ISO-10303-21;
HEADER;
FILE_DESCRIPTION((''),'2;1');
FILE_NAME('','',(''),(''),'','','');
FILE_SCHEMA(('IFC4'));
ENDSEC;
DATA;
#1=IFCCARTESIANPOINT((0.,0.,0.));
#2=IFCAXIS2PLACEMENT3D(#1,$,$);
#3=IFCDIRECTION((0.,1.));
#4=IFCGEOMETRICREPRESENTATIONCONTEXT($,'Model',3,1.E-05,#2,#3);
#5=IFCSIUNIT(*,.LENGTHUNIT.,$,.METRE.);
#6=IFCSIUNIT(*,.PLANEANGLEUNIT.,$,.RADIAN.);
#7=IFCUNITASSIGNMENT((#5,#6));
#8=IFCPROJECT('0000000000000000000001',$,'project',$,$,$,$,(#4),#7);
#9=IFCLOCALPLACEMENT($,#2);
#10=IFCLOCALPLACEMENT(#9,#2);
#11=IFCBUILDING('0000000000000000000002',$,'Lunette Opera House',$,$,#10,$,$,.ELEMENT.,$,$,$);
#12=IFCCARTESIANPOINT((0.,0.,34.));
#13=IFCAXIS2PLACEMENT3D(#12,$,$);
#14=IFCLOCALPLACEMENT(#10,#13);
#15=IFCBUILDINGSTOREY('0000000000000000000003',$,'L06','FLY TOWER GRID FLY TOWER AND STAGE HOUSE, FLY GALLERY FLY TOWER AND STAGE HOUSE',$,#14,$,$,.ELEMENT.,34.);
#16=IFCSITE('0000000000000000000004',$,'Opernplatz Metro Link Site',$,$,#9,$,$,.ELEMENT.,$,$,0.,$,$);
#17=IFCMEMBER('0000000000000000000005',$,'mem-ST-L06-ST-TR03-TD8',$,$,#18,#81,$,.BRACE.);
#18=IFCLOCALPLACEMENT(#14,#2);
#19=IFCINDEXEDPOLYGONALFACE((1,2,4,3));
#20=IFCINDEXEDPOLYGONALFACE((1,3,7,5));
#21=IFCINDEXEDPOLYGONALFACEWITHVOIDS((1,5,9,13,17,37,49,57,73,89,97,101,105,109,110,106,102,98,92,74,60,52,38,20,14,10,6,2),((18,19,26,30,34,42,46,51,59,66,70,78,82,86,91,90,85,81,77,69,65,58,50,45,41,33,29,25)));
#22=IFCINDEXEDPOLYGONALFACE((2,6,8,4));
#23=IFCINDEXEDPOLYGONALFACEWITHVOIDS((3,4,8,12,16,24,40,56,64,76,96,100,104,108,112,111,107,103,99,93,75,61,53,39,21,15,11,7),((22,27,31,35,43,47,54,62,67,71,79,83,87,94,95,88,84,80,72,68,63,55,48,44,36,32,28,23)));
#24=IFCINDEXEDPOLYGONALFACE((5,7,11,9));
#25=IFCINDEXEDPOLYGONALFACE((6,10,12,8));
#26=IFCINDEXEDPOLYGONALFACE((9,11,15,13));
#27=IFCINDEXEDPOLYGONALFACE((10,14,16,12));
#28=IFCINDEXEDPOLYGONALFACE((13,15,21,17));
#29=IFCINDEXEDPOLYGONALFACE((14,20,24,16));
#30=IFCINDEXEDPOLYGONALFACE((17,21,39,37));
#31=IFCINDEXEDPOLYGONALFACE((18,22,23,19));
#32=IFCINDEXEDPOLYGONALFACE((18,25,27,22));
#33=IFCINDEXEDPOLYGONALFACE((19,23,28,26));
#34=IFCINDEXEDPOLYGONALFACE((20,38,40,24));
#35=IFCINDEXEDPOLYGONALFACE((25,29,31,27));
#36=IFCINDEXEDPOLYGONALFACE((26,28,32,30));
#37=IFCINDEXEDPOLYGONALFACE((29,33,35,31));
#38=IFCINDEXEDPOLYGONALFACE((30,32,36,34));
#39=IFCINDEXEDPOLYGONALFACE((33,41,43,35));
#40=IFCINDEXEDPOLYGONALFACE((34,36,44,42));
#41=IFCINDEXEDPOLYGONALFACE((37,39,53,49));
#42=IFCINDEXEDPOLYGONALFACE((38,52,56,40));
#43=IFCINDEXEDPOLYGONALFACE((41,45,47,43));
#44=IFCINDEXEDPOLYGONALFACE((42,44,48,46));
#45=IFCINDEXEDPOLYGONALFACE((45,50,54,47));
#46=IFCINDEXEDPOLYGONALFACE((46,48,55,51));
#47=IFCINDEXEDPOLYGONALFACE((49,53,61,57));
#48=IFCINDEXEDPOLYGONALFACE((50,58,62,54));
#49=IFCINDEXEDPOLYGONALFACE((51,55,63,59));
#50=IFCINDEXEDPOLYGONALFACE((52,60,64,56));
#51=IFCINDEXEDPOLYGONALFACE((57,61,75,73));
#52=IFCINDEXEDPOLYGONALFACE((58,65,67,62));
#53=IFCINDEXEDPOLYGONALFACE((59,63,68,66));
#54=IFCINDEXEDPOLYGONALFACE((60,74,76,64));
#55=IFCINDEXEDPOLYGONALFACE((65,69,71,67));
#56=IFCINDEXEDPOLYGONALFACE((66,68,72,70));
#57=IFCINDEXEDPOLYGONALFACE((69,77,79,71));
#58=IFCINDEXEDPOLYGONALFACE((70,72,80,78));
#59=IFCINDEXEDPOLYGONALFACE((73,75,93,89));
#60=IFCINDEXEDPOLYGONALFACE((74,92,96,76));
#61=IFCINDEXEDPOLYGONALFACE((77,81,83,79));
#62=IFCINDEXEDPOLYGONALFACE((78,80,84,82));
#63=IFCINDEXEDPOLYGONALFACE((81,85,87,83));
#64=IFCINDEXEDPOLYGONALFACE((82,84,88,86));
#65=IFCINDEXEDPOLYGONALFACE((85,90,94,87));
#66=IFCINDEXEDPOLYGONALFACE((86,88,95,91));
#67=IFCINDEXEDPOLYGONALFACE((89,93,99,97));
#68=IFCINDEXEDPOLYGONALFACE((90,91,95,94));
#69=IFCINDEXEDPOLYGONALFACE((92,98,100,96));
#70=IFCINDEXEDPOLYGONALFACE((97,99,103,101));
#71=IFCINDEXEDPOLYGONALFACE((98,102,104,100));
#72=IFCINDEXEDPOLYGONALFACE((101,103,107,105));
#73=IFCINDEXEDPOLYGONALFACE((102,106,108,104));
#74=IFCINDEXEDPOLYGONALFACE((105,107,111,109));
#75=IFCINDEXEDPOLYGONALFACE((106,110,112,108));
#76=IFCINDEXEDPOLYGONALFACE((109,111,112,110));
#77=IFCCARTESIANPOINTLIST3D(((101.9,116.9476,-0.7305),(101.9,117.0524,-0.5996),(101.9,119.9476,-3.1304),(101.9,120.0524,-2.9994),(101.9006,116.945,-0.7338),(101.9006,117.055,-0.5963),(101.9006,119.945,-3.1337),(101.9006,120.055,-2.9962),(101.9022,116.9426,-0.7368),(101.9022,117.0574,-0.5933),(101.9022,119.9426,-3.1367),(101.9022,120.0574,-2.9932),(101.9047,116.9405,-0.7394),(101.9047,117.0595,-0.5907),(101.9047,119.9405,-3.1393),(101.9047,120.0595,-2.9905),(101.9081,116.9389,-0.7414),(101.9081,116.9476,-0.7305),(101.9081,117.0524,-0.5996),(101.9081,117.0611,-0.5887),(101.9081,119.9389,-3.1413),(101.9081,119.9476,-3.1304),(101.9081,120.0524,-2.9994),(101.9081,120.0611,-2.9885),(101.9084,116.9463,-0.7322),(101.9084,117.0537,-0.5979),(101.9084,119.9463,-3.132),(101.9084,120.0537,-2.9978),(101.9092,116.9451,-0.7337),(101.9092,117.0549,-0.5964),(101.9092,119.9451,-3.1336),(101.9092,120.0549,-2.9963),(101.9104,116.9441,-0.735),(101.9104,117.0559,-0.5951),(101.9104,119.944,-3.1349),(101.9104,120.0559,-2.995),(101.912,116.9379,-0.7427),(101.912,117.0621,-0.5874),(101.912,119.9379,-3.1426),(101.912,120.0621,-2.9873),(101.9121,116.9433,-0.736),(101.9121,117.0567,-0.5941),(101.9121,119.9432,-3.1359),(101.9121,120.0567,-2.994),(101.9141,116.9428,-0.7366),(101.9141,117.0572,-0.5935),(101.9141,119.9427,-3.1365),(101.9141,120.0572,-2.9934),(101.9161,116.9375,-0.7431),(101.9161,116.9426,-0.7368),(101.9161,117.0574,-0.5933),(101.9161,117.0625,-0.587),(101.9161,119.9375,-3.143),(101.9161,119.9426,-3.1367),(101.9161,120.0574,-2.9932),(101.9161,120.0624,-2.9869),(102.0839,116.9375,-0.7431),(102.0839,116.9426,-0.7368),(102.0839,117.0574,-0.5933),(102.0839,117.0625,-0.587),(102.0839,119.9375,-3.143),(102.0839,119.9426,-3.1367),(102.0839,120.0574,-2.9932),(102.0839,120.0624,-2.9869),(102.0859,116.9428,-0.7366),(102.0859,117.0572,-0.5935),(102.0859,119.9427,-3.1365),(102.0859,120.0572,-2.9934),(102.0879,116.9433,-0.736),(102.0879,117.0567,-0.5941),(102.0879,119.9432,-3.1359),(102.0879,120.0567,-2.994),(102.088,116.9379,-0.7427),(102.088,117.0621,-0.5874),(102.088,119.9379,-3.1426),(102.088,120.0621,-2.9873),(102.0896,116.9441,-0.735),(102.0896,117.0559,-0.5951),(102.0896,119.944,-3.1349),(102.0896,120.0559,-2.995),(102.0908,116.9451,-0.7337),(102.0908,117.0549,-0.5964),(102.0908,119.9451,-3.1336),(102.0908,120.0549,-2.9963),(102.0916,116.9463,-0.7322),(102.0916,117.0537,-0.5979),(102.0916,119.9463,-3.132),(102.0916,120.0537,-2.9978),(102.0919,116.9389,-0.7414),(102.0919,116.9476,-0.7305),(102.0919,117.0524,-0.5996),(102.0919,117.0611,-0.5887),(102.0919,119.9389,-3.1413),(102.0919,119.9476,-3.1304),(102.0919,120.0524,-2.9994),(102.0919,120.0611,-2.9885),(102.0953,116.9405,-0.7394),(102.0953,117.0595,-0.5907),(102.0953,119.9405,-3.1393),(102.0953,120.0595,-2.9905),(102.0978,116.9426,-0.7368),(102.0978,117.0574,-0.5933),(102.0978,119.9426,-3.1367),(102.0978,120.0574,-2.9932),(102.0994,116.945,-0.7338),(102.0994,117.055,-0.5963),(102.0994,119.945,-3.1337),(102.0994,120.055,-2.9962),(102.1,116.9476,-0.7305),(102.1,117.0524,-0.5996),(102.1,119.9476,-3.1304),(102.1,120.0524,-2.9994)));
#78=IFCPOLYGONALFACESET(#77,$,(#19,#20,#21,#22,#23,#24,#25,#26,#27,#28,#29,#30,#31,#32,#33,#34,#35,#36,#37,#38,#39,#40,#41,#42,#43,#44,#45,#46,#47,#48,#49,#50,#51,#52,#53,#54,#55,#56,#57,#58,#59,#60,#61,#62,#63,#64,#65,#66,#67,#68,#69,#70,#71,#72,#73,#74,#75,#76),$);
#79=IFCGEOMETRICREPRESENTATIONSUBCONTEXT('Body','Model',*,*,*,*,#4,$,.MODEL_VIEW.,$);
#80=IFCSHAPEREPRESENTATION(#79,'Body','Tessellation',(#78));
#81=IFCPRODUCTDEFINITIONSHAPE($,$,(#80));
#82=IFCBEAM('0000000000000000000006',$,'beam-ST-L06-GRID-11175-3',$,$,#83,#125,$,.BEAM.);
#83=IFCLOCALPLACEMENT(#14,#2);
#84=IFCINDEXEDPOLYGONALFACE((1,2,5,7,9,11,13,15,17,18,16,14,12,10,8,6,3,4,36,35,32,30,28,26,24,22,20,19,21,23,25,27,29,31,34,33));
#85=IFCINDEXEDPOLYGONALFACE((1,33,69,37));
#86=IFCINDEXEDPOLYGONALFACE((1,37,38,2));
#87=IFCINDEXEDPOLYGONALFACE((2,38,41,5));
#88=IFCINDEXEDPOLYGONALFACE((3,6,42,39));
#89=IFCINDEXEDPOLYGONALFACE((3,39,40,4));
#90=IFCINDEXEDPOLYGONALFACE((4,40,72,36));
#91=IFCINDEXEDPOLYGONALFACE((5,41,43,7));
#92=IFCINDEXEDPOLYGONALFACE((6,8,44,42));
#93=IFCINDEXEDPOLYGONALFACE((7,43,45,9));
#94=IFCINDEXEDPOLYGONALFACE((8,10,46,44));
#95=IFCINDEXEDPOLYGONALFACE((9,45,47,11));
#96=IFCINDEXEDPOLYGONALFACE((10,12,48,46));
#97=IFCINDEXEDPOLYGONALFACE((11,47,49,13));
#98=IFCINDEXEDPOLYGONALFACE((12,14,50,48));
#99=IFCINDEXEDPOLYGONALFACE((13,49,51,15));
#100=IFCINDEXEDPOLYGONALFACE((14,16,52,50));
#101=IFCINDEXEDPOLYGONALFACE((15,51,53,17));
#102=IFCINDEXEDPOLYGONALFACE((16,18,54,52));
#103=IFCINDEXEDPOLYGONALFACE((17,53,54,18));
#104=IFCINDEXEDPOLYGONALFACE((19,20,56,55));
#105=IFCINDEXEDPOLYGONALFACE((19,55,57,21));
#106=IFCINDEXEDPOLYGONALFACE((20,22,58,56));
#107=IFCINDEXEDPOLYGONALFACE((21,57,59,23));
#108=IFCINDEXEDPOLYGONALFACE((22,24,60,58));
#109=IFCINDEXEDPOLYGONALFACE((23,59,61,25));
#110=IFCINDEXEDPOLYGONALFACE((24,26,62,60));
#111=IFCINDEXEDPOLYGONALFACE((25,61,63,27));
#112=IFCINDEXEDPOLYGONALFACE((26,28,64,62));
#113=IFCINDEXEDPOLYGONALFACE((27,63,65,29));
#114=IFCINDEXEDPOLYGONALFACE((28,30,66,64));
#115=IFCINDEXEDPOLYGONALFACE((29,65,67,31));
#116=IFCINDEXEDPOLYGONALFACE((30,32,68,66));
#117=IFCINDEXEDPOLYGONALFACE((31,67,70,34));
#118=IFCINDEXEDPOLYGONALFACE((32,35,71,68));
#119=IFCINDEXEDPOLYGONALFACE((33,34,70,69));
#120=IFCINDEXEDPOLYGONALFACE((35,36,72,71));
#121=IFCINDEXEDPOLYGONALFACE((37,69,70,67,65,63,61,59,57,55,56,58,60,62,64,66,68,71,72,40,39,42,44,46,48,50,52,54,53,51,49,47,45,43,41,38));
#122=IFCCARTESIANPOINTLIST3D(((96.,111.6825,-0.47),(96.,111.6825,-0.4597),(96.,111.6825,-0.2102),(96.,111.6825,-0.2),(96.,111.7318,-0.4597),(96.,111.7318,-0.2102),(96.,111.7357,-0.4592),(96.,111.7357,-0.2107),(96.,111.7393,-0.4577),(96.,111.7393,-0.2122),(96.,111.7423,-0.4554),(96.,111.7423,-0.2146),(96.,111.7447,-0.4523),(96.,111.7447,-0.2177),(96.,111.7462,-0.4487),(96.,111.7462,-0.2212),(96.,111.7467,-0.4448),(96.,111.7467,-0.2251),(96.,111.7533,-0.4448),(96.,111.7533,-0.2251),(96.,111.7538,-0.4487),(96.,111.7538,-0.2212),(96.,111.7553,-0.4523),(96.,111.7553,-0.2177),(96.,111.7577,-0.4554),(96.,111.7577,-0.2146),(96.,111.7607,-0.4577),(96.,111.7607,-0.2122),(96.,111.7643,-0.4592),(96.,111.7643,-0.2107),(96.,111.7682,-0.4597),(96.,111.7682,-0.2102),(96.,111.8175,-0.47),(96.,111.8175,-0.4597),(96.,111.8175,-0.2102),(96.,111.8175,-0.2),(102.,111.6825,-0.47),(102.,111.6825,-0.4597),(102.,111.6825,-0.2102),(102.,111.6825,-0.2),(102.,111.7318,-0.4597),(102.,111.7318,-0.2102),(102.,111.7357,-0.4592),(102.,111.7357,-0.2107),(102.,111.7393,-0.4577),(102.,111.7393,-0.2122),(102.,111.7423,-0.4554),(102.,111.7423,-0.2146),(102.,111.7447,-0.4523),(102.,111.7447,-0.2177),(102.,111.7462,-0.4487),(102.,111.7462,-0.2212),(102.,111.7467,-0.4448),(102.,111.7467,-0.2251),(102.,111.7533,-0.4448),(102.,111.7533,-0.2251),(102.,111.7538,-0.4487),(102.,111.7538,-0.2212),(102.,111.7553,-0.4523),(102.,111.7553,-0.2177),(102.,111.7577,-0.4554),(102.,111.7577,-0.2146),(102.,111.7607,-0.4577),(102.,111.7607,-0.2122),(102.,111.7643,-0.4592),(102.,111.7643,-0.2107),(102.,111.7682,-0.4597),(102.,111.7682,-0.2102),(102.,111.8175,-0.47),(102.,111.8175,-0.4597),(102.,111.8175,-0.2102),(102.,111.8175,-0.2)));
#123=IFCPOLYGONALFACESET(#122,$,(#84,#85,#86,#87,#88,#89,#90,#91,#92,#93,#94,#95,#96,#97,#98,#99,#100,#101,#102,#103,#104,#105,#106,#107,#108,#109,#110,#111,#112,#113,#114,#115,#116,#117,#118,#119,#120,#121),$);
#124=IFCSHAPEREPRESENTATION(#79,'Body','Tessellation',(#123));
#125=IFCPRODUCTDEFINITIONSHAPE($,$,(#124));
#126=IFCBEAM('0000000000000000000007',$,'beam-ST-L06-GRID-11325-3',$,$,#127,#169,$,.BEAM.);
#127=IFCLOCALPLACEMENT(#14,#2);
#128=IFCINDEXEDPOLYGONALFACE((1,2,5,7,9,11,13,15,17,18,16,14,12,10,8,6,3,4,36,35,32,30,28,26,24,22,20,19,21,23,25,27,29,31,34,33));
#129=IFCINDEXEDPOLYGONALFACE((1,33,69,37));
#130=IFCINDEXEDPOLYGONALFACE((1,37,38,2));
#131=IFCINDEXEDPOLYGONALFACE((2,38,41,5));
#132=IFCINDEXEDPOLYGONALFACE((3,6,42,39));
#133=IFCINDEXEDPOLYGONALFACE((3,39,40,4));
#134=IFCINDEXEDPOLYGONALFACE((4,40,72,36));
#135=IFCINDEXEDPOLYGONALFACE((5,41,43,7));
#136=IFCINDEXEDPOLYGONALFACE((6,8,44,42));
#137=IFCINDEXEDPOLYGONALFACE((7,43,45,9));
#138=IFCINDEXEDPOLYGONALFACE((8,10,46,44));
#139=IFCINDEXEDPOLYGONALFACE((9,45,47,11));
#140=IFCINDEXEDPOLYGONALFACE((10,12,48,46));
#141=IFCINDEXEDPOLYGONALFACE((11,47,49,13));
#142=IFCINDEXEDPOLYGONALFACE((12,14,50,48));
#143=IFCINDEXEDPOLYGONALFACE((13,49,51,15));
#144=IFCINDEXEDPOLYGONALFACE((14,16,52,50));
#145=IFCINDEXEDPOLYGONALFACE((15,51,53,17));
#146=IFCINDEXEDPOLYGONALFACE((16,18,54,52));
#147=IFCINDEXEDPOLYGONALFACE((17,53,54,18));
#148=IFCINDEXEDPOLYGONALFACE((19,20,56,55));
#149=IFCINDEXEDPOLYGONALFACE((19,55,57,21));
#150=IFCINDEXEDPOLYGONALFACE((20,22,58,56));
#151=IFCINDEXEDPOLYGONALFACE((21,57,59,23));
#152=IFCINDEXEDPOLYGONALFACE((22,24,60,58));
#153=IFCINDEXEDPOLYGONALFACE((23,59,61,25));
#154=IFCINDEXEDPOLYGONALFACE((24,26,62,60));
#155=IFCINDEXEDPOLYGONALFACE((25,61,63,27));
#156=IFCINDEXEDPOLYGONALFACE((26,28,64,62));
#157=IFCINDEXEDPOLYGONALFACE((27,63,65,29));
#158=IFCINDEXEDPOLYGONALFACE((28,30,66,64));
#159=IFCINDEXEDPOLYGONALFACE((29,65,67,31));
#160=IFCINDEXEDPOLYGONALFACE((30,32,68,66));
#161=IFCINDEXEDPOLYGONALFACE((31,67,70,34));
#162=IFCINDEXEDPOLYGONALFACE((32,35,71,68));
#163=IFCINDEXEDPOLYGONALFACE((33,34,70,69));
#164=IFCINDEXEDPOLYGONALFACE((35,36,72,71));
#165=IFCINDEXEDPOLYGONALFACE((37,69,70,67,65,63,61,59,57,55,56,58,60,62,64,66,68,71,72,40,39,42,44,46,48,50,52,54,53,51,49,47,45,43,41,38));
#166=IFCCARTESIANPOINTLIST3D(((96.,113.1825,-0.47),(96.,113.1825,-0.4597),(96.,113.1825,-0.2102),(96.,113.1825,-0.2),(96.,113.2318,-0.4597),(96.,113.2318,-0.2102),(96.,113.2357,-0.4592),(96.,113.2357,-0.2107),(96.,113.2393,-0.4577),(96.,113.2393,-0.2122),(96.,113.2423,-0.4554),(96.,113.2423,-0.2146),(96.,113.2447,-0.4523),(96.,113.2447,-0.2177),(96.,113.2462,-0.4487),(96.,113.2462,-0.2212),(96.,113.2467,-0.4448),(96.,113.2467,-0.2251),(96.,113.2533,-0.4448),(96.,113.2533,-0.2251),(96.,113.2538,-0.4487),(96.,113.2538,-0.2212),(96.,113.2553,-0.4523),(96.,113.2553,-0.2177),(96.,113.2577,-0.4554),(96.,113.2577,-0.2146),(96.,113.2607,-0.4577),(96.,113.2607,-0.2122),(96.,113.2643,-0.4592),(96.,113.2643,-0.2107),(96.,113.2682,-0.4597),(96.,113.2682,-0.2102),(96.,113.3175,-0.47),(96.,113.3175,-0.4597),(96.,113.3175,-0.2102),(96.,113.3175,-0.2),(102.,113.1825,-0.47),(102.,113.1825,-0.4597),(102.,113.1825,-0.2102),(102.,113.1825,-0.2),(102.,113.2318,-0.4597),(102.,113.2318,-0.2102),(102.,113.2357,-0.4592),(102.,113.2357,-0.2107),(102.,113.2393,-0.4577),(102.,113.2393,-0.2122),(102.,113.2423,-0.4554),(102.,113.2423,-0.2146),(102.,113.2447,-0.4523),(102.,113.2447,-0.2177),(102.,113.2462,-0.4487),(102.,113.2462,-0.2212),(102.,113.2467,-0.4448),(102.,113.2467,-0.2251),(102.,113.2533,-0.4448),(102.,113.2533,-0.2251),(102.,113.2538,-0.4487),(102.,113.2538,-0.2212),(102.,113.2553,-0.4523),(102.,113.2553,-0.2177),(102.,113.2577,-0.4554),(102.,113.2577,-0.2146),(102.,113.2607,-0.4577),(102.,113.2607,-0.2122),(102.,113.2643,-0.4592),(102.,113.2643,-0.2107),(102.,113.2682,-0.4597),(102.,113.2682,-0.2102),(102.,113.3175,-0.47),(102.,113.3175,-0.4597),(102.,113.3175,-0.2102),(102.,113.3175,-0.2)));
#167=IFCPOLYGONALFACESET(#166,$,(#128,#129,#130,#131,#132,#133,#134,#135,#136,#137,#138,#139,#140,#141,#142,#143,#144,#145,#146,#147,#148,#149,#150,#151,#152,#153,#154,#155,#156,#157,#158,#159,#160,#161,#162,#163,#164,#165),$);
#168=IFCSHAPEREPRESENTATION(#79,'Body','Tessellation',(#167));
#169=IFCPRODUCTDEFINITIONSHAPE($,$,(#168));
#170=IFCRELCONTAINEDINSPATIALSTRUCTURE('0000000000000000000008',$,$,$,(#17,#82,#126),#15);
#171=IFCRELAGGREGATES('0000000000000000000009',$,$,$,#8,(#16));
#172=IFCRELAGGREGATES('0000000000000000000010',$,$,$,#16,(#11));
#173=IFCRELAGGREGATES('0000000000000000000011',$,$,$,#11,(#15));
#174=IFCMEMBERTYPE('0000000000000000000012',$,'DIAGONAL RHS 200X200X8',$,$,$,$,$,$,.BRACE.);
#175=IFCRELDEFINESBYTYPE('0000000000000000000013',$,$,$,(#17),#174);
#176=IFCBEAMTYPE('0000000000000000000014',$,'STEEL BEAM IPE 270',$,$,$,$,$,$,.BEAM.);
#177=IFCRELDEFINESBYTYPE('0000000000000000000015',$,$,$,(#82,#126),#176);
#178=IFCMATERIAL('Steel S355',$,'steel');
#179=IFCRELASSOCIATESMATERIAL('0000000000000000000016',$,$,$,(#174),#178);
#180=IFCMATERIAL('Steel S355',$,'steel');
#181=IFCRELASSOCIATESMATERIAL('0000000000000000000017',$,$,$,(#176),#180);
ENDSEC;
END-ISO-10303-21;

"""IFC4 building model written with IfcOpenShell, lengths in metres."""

from ifc_helpers import new_model, si_unit, direction, frame, origin, origin_2d, place, context, subcontext, project, spatial, hollow_rectangle, i_section, extrude, material, material_profile, profile_set, type_object, element, save


model = new_model("IFC4")

# Units and contexts
model_context = context("Model", 3, precision=1e-05, world=origin(), true_north=direction((0.0, 1.0)))
body_context = subcontext(model_context, "Body", "Model", "MODEL_VIEW")
ifc_project = project(units=[si_unit("LENGTHUNIT", "METRE"), si_unit("PLANEANGLEUNIT", "RADIAN")], contexts=[model_context])

# Site, building, storey
site_placement = place(None, origin())
site = spatial("IfcSite", under=ifc_project, at=site_placement, Name="Opernplatz Metro Link Site", CompositionType="ELEMENT", RefElevation=0.0)
building_placement = place(site_placement, origin())
building = spatial("IfcBuilding", under=site, at=building_placement, Name="Lunette Opera House", CompositionType="ELEMENT")
storey_placement = place(building_placement, frame((0.0, 0.0, 34.0)))
storey = spatial("IfcBuildingStorey", under=building, at=storey_placement, Name="L06", Description="FLY TOWER GRID FLY TOWER AND STAGE HOUSE, FLY GALLERY FLY TOWER AND STAGE HOUSE", CompositionType="ELEMENT", Elevation=34.0)

# Member
ifc_material_1 = material(Name="Steel S355", Category="steel")
ifc_material_profile_1 = material_profile(ifc_material_1, hollow_rectangle(XDim=0.2, YDim=0.2, WallThickness=0.0081, InnerFilletRadius=0.0081, OuterFilletRadius=0.0161, at=origin_2d()), Name="RHS 200X200X8")
ifc_profile_set_1 = profile_set([ifc_material_profile_1], Name="Steel S355")
member_type_1 = type_object("IfcMemberType", Name="DIAGONAL RHS 200X200X8", PredefinedType="BRACE", material=ifc_profile_set_1)
for number, where, z_axis, x_axis, name in (
    (1, (102.0, 117.0, -0.665), (0.0, 0.780881, -0.62468), (-1.0, 0.0, 0.0), "mem-ST-L06-ST-TR03-TD8"),
):
    element("IfcMember", number, at=place(storey_placement, frame(where, z_axis=z_axis, x_axis=x_axis)), inside=storey, type_object=member_type_1, Name=name, PredefinedType="BRACE", context=body_context, shape_type="SweptSolid", body=[
        extrude(hollow_rectangle(XDim=0.2, YDim=0.2, WallThickness=0.0081, InnerFilletRadius=0.0081, OuterFilletRadius=0.0161, at=origin_2d()), origin(), (0.0, 0.0, 1.0), 3.8418),
    ])

# Beams
ifc_material_2 = material(Name="Steel S355", Category="steel")
ifc_material_profile_2 = material_profile(ifc_material_2, i_section(OverallWidth=0.135, OverallDepth=0.27, WebThickness=0.0066, FlangeThickness=0.0103, FilletRadius=0.0149, at=origin_2d()), Name="IPE 270")
ifc_profile_set_2 = profile_set([ifc_material_profile_2], Name="Steel S355")
beam_type = type_object("IfcBeamType", Name="STEEL BEAM IPE 270", PredefinedType="BEAM", material=ifc_profile_set_2)
for number, where, z_axis, x_axis, name in (
    (2, (96.0, 111.75, -0.335), (1.0, 0.0, 0.0), (0.0, 1.0, 0.0), "beam-ST-L06-GRID-11175-3"),
    (3, (96.0, 113.25, -0.335), (1.0, 0.0, 0.0), (0.0, 1.0, 0.0), "beam-ST-L06-GRID-11325-3"),
):
    element("IfcBeam", number, at=place(storey_placement, frame(where, z_axis=z_axis, x_axis=x_axis)), inside=storey, type_object=beam_type, Name=name, PredefinedType="BEAM", context=body_context, shape_type="SweptSolid", body=[
        extrude(i_section(OverallWidth=0.135, OverallDepth=0.27, WebThickness=0.0066, FlangeThickness=0.0103, FilletRadius=0.0149, at=origin_2d()), origin(), (0.0, 0.0, 1.0), 6.0),
    ])

save(model, "model.ifc")
